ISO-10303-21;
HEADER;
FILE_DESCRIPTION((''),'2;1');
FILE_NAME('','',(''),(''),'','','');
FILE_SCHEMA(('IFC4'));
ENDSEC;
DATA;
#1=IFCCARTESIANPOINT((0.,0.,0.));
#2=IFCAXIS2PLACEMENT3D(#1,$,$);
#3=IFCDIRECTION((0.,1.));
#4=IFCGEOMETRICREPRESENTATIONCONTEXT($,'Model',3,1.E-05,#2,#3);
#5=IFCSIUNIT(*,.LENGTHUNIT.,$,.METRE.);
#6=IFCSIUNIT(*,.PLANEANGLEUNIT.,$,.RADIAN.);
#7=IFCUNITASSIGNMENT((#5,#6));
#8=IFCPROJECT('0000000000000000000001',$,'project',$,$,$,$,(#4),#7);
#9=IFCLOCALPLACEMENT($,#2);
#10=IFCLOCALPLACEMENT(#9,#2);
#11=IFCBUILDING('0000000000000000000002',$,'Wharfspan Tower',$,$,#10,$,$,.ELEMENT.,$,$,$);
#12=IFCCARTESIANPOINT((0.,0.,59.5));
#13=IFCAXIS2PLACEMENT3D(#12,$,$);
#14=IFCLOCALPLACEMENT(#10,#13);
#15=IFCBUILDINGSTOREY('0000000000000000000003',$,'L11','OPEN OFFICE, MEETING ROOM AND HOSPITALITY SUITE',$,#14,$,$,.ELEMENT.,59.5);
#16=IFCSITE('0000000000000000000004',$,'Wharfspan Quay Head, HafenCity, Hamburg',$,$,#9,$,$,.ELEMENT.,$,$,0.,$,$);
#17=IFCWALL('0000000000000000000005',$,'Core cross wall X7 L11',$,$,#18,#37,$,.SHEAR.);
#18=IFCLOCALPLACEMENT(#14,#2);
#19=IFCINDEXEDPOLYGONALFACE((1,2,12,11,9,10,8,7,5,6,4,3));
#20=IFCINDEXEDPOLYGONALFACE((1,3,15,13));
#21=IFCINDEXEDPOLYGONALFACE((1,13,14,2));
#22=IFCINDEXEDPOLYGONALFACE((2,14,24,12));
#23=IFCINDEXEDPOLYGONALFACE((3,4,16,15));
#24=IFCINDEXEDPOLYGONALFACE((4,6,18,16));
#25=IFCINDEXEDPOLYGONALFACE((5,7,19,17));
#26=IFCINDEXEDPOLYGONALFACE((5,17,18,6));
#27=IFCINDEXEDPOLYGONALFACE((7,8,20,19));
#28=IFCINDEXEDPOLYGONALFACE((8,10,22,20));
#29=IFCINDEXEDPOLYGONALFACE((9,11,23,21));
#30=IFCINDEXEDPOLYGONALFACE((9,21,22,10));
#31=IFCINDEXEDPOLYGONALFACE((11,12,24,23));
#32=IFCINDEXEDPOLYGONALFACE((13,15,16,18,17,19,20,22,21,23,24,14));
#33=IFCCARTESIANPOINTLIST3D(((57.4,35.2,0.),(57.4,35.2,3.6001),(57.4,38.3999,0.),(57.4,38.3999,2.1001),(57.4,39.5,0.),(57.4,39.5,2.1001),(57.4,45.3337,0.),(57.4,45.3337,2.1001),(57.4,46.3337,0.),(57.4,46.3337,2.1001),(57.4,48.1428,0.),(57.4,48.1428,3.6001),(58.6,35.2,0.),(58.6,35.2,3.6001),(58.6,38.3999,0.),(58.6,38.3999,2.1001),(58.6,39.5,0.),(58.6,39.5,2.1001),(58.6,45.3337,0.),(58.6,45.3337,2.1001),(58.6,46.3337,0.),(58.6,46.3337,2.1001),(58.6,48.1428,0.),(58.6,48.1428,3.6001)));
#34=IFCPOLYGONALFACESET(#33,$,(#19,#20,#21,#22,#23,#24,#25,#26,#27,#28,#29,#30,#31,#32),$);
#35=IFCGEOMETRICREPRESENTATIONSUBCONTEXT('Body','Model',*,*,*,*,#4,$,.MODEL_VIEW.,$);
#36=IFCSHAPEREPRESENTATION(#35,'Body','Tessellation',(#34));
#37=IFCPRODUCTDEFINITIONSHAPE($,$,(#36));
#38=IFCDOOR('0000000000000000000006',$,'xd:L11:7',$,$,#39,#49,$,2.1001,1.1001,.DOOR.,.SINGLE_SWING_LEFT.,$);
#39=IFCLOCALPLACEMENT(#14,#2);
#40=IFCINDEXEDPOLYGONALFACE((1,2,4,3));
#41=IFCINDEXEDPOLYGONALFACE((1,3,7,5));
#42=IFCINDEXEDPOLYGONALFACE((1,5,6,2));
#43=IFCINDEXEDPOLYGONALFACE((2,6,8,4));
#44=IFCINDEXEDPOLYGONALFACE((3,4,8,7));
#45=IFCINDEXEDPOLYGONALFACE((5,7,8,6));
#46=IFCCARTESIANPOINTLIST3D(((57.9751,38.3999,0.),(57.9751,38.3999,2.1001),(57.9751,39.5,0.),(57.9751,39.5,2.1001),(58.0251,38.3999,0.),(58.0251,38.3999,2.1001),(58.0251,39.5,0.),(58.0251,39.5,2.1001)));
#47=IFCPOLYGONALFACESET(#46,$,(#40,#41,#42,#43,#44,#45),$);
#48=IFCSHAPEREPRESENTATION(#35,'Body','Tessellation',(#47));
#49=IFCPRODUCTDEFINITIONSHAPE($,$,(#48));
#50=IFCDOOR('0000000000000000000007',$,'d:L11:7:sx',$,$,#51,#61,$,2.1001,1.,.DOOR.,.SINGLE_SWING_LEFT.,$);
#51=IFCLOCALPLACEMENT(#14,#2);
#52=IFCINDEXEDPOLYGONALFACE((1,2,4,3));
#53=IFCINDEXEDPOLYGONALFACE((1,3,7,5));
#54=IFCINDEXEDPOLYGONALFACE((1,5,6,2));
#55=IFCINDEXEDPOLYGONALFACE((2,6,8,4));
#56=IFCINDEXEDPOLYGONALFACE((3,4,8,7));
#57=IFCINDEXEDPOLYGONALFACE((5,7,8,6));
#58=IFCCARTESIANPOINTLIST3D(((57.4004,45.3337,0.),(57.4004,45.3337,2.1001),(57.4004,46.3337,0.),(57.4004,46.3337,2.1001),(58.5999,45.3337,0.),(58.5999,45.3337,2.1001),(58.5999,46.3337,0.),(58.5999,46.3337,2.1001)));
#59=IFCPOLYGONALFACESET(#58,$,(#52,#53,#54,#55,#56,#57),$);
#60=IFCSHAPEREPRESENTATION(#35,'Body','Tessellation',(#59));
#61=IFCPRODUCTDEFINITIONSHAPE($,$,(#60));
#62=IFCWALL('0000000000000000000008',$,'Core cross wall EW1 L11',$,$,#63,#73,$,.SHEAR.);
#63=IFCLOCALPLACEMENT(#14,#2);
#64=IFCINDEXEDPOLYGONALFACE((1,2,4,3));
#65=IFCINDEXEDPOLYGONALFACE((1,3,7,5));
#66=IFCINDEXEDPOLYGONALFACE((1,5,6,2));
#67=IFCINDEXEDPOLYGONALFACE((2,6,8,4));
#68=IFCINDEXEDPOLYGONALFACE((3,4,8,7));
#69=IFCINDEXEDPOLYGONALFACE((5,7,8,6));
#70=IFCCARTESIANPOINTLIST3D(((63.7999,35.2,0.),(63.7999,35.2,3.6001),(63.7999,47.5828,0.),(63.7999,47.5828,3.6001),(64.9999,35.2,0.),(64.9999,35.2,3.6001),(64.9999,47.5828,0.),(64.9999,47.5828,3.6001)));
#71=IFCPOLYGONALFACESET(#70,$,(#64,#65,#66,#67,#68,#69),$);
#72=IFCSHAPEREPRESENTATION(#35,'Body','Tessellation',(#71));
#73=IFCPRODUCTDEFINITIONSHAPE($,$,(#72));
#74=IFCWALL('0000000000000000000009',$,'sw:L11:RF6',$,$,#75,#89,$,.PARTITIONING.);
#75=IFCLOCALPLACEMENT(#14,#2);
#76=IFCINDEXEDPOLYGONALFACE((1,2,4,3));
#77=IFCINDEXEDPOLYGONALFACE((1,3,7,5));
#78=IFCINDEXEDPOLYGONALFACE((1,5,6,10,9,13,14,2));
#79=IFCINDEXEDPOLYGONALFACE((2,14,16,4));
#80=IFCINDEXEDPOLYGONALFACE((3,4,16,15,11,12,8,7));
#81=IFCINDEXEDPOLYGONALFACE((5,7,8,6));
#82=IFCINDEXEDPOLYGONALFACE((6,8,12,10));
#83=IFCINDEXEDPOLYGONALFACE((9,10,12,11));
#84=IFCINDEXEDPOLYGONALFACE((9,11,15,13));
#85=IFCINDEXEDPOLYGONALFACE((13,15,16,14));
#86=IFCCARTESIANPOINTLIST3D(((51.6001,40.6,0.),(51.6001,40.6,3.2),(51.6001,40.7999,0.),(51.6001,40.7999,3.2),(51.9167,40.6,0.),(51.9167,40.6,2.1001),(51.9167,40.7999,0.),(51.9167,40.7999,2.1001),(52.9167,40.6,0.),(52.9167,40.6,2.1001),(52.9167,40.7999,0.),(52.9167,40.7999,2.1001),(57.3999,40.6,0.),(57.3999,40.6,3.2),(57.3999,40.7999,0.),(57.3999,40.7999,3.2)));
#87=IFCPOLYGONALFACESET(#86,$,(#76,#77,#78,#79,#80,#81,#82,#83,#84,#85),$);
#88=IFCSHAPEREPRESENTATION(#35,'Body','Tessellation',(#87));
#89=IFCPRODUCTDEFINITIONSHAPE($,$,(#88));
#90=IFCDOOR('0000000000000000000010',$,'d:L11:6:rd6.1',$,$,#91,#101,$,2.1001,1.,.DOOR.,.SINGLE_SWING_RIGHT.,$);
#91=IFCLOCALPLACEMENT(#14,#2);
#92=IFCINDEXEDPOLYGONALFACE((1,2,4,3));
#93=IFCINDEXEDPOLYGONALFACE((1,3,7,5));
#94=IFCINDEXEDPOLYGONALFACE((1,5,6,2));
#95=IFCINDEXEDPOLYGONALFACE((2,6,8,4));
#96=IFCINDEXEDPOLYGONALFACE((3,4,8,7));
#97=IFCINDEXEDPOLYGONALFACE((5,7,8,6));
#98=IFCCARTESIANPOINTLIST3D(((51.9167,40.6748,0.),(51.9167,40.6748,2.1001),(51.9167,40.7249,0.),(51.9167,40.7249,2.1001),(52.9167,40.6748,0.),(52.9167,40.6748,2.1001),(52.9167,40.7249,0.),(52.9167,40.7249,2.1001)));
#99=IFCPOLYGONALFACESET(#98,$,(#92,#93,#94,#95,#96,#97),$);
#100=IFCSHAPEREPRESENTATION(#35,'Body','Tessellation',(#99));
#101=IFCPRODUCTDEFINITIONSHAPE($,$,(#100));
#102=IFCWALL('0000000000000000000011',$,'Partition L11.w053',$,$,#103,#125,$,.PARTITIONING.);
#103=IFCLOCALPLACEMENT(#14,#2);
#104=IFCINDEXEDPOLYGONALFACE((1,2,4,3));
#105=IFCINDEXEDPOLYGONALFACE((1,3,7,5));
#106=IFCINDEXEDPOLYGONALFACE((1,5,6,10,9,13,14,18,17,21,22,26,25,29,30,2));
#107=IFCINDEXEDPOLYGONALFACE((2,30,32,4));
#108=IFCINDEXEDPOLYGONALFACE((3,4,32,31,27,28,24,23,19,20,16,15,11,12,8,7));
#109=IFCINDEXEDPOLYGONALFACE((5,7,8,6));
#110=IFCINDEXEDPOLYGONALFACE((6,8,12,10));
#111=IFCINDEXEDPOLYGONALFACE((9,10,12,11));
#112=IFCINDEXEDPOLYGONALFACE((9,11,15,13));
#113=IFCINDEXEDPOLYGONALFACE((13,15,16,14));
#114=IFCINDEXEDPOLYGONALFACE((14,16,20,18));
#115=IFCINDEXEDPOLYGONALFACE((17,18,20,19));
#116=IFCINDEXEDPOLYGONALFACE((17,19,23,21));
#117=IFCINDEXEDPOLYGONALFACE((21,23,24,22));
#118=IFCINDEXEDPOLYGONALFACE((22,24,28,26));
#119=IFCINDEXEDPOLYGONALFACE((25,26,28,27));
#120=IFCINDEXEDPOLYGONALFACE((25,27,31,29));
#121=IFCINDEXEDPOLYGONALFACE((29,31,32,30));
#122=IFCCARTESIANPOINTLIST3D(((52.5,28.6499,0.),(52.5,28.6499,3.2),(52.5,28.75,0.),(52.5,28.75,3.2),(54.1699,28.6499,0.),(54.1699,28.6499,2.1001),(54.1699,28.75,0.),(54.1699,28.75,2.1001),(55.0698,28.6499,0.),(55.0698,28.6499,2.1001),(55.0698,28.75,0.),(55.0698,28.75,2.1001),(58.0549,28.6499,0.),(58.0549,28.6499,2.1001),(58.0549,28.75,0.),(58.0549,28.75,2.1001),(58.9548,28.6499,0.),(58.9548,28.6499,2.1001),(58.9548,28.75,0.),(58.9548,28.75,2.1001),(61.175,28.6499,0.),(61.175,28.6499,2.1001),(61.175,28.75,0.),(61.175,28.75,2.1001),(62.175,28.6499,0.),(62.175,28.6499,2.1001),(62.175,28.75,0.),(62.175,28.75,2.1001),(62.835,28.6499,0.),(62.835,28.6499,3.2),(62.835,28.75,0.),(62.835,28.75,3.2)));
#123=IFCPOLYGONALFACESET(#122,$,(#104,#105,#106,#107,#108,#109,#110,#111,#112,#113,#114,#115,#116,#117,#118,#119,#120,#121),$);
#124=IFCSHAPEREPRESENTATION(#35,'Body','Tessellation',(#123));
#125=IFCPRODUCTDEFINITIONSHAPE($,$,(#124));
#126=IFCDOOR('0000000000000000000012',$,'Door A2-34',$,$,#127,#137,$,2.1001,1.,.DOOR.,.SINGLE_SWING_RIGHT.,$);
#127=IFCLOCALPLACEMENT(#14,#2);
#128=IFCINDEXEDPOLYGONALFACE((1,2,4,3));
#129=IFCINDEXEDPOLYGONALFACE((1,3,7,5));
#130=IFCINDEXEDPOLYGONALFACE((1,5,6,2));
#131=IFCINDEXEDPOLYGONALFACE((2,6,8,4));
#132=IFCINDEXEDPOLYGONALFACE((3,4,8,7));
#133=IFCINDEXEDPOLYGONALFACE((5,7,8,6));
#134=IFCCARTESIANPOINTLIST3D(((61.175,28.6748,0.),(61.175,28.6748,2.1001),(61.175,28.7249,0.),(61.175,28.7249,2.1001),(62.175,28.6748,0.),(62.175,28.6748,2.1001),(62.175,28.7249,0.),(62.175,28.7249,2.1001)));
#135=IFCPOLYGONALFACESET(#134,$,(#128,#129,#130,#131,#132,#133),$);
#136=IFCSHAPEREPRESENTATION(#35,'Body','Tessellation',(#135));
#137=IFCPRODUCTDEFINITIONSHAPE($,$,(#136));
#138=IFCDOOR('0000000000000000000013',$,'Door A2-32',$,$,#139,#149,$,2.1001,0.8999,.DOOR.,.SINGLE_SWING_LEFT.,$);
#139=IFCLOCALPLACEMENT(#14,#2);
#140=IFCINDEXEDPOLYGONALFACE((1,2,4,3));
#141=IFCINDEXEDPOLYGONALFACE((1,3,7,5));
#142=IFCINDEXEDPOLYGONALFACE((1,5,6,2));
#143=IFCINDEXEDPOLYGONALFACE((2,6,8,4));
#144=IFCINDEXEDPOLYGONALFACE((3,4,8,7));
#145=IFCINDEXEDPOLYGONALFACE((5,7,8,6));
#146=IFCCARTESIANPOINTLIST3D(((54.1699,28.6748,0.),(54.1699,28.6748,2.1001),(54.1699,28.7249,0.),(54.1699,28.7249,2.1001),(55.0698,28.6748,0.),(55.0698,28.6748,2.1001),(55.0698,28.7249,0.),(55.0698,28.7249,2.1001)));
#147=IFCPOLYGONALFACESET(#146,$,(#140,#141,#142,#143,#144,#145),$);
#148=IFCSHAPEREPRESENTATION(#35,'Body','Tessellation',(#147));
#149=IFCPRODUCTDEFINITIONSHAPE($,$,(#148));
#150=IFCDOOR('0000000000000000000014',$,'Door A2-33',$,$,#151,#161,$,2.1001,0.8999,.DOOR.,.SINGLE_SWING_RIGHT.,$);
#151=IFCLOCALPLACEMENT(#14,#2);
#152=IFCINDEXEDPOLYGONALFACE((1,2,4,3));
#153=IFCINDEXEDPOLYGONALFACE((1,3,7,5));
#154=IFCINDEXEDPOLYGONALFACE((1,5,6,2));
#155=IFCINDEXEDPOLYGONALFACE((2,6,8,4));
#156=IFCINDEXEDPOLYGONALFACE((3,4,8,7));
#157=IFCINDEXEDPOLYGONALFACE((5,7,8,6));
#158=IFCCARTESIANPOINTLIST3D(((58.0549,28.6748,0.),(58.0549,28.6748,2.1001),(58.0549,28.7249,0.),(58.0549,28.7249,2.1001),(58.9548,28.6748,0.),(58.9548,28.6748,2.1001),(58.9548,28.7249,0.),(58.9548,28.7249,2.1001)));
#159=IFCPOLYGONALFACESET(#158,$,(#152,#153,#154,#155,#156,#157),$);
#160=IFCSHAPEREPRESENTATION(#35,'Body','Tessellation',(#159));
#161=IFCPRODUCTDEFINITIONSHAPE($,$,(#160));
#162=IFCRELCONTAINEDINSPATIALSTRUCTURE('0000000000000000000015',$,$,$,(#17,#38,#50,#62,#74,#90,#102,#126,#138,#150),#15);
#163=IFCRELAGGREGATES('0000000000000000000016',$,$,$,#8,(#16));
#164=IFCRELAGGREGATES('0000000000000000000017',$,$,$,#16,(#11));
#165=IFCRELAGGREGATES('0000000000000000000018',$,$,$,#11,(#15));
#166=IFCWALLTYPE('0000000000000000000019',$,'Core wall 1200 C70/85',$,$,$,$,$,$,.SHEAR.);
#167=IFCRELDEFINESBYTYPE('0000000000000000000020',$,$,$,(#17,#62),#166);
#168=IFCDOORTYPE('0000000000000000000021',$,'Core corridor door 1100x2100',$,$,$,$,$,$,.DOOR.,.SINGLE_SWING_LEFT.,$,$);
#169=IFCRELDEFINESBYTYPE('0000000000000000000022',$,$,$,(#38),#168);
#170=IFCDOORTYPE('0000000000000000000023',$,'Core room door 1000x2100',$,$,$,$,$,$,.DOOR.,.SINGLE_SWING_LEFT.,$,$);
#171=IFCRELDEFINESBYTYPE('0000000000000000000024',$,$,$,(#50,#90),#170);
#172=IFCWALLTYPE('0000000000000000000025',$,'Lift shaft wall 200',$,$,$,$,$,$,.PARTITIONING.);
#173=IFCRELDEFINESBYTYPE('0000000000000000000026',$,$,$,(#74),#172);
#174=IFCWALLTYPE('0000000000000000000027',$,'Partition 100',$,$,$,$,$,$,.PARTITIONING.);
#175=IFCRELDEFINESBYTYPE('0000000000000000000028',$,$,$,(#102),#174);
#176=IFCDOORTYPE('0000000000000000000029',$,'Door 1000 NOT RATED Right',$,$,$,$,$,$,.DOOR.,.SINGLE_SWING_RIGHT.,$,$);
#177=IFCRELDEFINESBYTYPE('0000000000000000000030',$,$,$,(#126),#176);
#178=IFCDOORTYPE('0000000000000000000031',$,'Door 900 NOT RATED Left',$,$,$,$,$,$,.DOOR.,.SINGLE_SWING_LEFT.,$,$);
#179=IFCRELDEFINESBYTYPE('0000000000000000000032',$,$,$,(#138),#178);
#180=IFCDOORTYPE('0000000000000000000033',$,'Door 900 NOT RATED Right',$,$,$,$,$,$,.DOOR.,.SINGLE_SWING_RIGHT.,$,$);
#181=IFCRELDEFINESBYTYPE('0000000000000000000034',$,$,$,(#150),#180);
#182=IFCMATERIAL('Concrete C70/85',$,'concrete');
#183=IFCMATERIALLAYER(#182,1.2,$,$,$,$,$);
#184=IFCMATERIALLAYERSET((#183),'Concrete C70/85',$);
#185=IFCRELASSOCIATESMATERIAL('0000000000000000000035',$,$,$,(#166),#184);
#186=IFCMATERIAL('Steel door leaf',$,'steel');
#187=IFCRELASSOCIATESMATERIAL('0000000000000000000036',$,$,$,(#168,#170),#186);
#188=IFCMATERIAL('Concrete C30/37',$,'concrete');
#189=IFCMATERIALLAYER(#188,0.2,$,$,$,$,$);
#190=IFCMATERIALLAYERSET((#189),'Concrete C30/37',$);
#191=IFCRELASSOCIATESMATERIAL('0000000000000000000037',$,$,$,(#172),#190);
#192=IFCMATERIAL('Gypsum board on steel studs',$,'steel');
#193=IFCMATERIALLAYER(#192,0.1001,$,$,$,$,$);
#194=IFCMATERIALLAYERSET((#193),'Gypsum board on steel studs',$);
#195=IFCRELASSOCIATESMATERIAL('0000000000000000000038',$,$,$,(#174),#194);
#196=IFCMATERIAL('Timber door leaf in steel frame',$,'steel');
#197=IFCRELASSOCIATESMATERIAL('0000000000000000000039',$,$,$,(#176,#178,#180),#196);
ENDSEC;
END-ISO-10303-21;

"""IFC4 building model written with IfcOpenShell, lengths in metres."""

from ifc_helpers import new_model, si_unit, direction, frame, frame_2d, origin, place, context, subcontext, project, spatial, rectangle, extrude, material, layer, layer_set, type_object, element, fill, save


model = new_model("IFC4")

# Units and contexts
model_context = context("Model", 3, precision=1e-05, world=origin(), true_north=direction((0.0, 1.0)))
body_context = subcontext(model_context, "Body", "Model", "MODEL_VIEW")
ifc_project = project(units=[si_unit("LENGTHUNIT", "METRE"), si_unit("PLANEANGLEUNIT", "RADIAN")], contexts=[model_context])

# Site, building, storey
site_placement = place(None, origin())
site = spatial("IfcSite", under=ifc_project, at=site_placement, Name="Wharfspan Quay Head, HafenCity, Hamburg", CompositionType="ELEMENT", RefElevation=0.0)
building_placement = place(site_placement, origin())
building = spatial("IfcBuilding", under=site, at=building_placement, Name="Wharfspan Tower", CompositionType="ELEMENT")
storey_placement = place(building_placement, frame((0.0, 0.0, 59.5)))
storey = spatial("IfcBuildingStorey", under=building, at=storey_placement, Name="L11", Description="OPEN OFFICE, MEETING ROOM AND HOSPITALITY SUITE", CompositionType="ELEMENT", Elevation=59.5)

# Shared definitions
ifc_material_1 = material(Name="Gypsum board on steel studs", Category="steel")

# Shared definitions
ifc_material_2 = material(Name="Concrete C70/85", Category="concrete")
ifc_layer_1 = layer(ifc_material_2, 1.2)
ifc_layer_set_1 = layer_set([ifc_layer_1], Name="Concrete C70/85")
wall_type_1 = type_object("IfcWallType", Name="Core wall 1200 C70/85", PredefinedType="SHEAR", material=ifc_layer_set_1)
ifc_material_3 = material(Name="Steel door leaf", Category="steel")
door_type_1 = type_object("IfcDoorType", Name="Core corridor door 1100x2100", OperationType="SINGLE_SWING_LEFT", PredefinedType="DOOR", material=ifc_material_3)

# Wall, openings, doors
wall_1_placement = place(storey_placement, frame((58.0, 35.2, 0.0), z_axis=(0.0, 0.0, 1.0), x_axis=(0.0, 1.0, 0.0)))
wall_1 = element("IfcWall", 1, at=wall_1_placement, inside=storey, type_object=wall_type_1, Name="Core cross wall X7 L11", PredefinedType="SHEAR", context=body_context, shape_type="SweptSolid", body=[
    extrude(rectangle(XDim=12.9429, YDim=1.2, at=frame_2d((6.4714, 0.0))), origin(), (0.0, 0.0, 1.0), 3.6001),
])
opening_1_placement = place(wall_1_placement, frame((10.1338, 0.0, 0.0)))
opening_1 = element("IfcOpeningElement", 2, at=opening_1_placement, cuts=wall_1, PredefinedType="OPENING", context=body_context, shape_type="SweptSolid", body=[
    extrude(rectangle(XDim=1.0, YDim=2.1001, at=frame_2d((0.5, 1.05))), frame((0.0, 0.6099, 0.0), z_axis=(0.0, -1.0, 0.0), x_axis=(1.0, 0.0, 0.0)), (0.0, 0.0, 1.0), 1.22),
])
opening_2_placement = place(wall_1_placement, frame((3.2, 0.0, 0.0)))
opening_2 = element("IfcOpeningElement", 3, at=opening_2_placement, cuts=wall_1, PredefinedType="OPENING", context=body_context, shape_type="SweptSolid", body=[
    extrude(rectangle(XDim=1.1001, YDim=2.1001, at=frame_2d((0.55, 1.05))), frame((0.0, 0.6099, 0.0), z_axis=(0.0, -1.0, 0.0), x_axis=(1.0, 0.0, 0.0)), (0.0, 0.0, 1.0), 1.22),
])
door_1_placement = place(opening_2_placement, origin())
door_1 = element("IfcDoor", 4, at=door_1_placement, inside=storey, type_object=door_type_1, Name="xd:L11:7", OperationType="SINGLE_SWING_LEFT", OverallHeight=2.1001, OverallWidth=1.1001, PredefinedType="DOOR", context=body_context, shape_type="SweptSolid", body=[
    extrude(rectangle(XDim=1.1001, YDim=2.1001, at=frame_2d((0.55, 1.05))), frame((0.0, 0.0249, 0.0), z_axis=(0.0, -1.0, 0.0), x_axis=(1.0, 0.0, 0.0)), (0.0, 0.0, 1.0), 0.05),
])
fill(opening_2, door_1)
door_type_2 = type_object("IfcDoorType", Name="Core room door 1000x2100", OperationType="SINGLE_SWING_LEFT", PredefinedType="DOOR", material=ifc_material_3)
door_2_placement = place(opening_1_placement, origin())
door_2 = element("IfcDoor", 5, at=door_2_placement, inside=storey, type_object=door_type_2, Name="d:L11:7:sx", OperationType="SINGLE_SWING_LEFT", OverallHeight=2.1001, OverallWidth=1.0, PredefinedType="DOOR", context=body_context, shape_type="SweptSolid", body=[
    extrude(rectangle(XDim=1.0, YDim=2.1001, at=frame_2d((0.5, 1.05))), frame((0.0, 0.5996, 0.0), z_axis=(0.0, -1.0, 0.0), x_axis=(1.0, 0.0, 0.0)), (0.0, 0.0, 1.0), 1.1995),
])
fill(opening_1, door_2)

# Wall
wall_2_placement = place(storey_placement, frame((64.3999, 35.2, 0.0), z_axis=(0.0, 0.0, 1.0), x_axis=(0.0, 1.0, 0.0)))
element("IfcWall", 6, at=wall_2_placement, inside=storey, type_object=wall_type_1, Name="Core cross wall EW1 L11", PredefinedType="SHEAR", context=body_context, shape_type="SweptSolid", body=[
    extrude(rectangle(XDim=12.3828, YDim=1.2, at=frame_2d((6.1914, 0.0))), origin(), (0.0, 0.0, 1.0), 3.6001),
])

# Wall, opening, door
ifc_material_4 = material(Name="Concrete C30/37", Category="concrete")
ifc_layer_2 = layer(ifc_material_4, 0.2)
ifc_layer_set_2 = layer_set([ifc_layer_2], Name="Concrete C30/37")
wall_type_2 = type_object("IfcWallType", Name="Lift shaft wall 200", PredefinedType="PARTITIONING", material=ifc_layer_set_2)
wall_3_placement = place(storey_placement, frame((51.6001, 40.7, 0.0), z_axis=(0.0, 0.0, 1.0), x_axis=(1.0, 0.0, 0.0)))
wall_3 = element("IfcWall", 7, at=wall_3_placement, inside=storey, type_object=wall_type_2, Name="sw:L11:RF6", PredefinedType="PARTITIONING", context=body_context, shape_type="SweptSolid", body=[
    extrude(rectangle(XDim=5.7998, YDim=0.2, at=frame_2d((2.8999, 0.0))), origin(), (0.0, 0.0, 1.0), 3.2),
])
opening_3_placement = place(wall_3_placement, frame((0.3166, 0.0, 0.0)))
opening_3 = element("IfcOpeningElement", 8, at=opening_3_placement, cuts=wall_3, PredefinedType="OPENING", context=body_context, shape_type="SweptSolid", body=[
    extrude(rectangle(XDim=1.0, YDim=2.1001, at=frame_2d((0.5, 1.05))), frame((0.0, 0.1099, 0.0), z_axis=(0.0, -1.0, 0.0), x_axis=(1.0, 0.0, 0.0)), (0.0, 0.0, 1.0), 0.22),
])
door_3_placement = place(opening_3_placement, origin())
door_3 = element("IfcDoor", 9, at=door_3_placement, inside=storey, type_object=door_type_2, Name="d:L11:6:rd6.1", OperationType="SINGLE_SWING_RIGHT", OverallHeight=2.1001, OverallWidth=1.0, PredefinedType="DOOR", context=body_context, shape_type="SweptSolid", body=[
    extrude(rectangle(XDim=1.0, YDim=2.1001, at=frame_2d((0.5, 1.05))), frame((0.0, 0.0249, 0.0), z_axis=(0.0, -1.0, 0.0), x_axis=(1.0, 0.0, 0.0)), (0.0, 0.0, 1.0), 0.05),
])
fill(opening_3, door_3)

# Wall, openings, doors
ifc_layer_3 = layer(ifc_material_1, 0.1001)
ifc_layer_set_3 = layer_set([ifc_layer_3], Name="Gypsum board on steel studs")
wall_type_3 = type_object("IfcWallType", Name="Partition 100", PredefinedType="PARTITIONING", material=ifc_layer_set_3)
wall_4_placement = place(storey_placement, frame((52.5, 28.7, 0.0), z_axis=(0.0, 0.0, 1.0), x_axis=(1.0, 0.0, 0.0)))
wall_4 = element("IfcWall", 10, at=wall_4_placement, inside=storey, type_object=wall_type_3, Name="Partition L11.w053", PredefinedType="PARTITIONING", context=body_context, shape_type="SweptSolid", body=[
    extrude(rectangle(XDim=10.335, YDim=0.1001, at=frame_2d((5.1675, 0.0))), origin(), (0.0, 0.0, 1.0), 3.2),
])
opening_4_placement = place(wall_4_placement, frame((1.6699, 0.0, 0.0)))
opening_4 = element("IfcOpeningElement", 11, at=opening_4_placement, cuts=wall_4, PredefinedType="OPENING", context=body_context, shape_type="SweptSolid", body=[
    extrude(rectangle(XDim=0.8999, YDim=2.1001, at=frame_2d((0.45, 1.05))), frame((0.0, 0.0601, 0.0), z_axis=(0.0, -1.0, 0.0), x_axis=(1.0, 0.0, 0.0)), (0.0, 0.0, 1.0), 0.1201),
])
opening_5_placement = place(wall_4_placement, frame((5.5549, 0.0, 0.0)))
opening_5 = element("IfcOpeningElement", 12, at=opening_5_placement, cuts=wall_4, PredefinedType="OPENING", context=body_context, shape_type="SweptSolid", body=[
    extrude(rectangle(XDim=0.8999, YDim=2.1001, at=frame_2d((0.45, 1.05))), frame((0.0, 0.0601, 0.0), z_axis=(0.0, -1.0, 0.0), x_axis=(1.0, 0.0, 0.0)), (0.0, 0.0, 1.0), 0.1201),
])
opening_6_placement = place(wall_4_placement, frame((8.675, 0.0, 0.0)))
opening_6 = element("IfcOpeningElement", 13, at=opening_6_placement, cuts=wall_4, PredefinedType="OPENING", context=body_context, shape_type="SweptSolid", body=[
    extrude(rectangle(XDim=1.0, YDim=2.1001, at=frame_2d((0.5, 1.05))), frame((0.0, 0.0601, 0.0), z_axis=(0.0, -1.0, 0.0), x_axis=(1.0, 0.0, 0.0)), (0.0, 0.0, 1.0), 0.1201),
])
ifc_material_5 = material(Name="Timber door leaf in steel frame", Category="steel")
door_type_3 = type_object("IfcDoorType", Name="Door 1000 NOT RATED Right", OperationType="SINGLE_SWING_RIGHT", PredefinedType="DOOR", material=ifc_material_5)
door_4_placement = place(opening_6_placement, origin())
door_4 = element("IfcDoor", 14, at=door_4_placement, inside=storey, type_object=door_type_3, Name="Door A2-34", OperationType="SINGLE_SWING_RIGHT", OverallHeight=2.1001, OverallWidth=1.0, PredefinedType="DOOR", context=body_context, shape_type="SweptSolid", body=[
    extrude(rectangle(XDim=1.0, YDim=2.1001, at=frame_2d((0.5, 1.05))), frame((0.0, 0.0249, 0.0), z_axis=(0.0, -1.0, 0.0), x_axis=(1.0, 0.0, 0.0)), (0.0, 0.0, 1.0), 0.05),
])
fill(opening_6, door_4)
door_type_4 = type_object("IfcDoorType", Name="Door 900 NOT RATED Left", OperationType="SINGLE_SWING_LEFT", PredefinedType="DOOR", material=ifc_material_5)
door_5_placement = place(opening_4_placement, origin())
door_5 = element("IfcDoor", 15, at=door_5_placement, inside=storey, type_object=door_type_4, Name="Door A2-32", OperationType="SINGLE_SWING_LEFT", OverallHeight=2.1001, OverallWidth=0.8999, PredefinedType="DOOR", context=body_context, shape_type="SweptSolid", body=[
    extrude(rectangle(XDim=0.8999, YDim=2.1001, at=frame_2d((0.45, 1.05))), frame((0.0, 0.0249, 0.0), z_axis=(0.0, -1.0, 0.0), x_axis=(1.0, 0.0, 0.0)), (0.0, 0.0, 1.0), 0.05),
])
fill(opening_4, door_5)
door_type_5 = type_object("IfcDoorType", Name="Door 900 NOT RATED Right", OperationType="SINGLE_SWING_RIGHT", PredefinedType="DOOR", material=ifc_material_5)
door_6_placement = place(opening_5_placement, origin())
door_6 = element("IfcDoor", 16, at=door_6_placement, inside=storey, type_object=door_type_5, Name="Door A2-33", OperationType="SINGLE_SWING_RIGHT", OverallHeight=2.1001, OverallWidth=0.8999, PredefinedType="DOOR", context=body_context, shape_type="SweptSolid", body=[
    extrude(rectangle(XDim=0.8999, YDim=2.1001, at=frame_2d((0.45, 1.05))), frame((0.0, 0.0249, 0.0), z_axis=(0.0, -1.0, 0.0), x_axis=(1.0, 0.0, 0.0)), (0.0, 0.0, 1.0), 0.05),
])
fill(opening_5, door_6)

save(model, "model.ifc")
